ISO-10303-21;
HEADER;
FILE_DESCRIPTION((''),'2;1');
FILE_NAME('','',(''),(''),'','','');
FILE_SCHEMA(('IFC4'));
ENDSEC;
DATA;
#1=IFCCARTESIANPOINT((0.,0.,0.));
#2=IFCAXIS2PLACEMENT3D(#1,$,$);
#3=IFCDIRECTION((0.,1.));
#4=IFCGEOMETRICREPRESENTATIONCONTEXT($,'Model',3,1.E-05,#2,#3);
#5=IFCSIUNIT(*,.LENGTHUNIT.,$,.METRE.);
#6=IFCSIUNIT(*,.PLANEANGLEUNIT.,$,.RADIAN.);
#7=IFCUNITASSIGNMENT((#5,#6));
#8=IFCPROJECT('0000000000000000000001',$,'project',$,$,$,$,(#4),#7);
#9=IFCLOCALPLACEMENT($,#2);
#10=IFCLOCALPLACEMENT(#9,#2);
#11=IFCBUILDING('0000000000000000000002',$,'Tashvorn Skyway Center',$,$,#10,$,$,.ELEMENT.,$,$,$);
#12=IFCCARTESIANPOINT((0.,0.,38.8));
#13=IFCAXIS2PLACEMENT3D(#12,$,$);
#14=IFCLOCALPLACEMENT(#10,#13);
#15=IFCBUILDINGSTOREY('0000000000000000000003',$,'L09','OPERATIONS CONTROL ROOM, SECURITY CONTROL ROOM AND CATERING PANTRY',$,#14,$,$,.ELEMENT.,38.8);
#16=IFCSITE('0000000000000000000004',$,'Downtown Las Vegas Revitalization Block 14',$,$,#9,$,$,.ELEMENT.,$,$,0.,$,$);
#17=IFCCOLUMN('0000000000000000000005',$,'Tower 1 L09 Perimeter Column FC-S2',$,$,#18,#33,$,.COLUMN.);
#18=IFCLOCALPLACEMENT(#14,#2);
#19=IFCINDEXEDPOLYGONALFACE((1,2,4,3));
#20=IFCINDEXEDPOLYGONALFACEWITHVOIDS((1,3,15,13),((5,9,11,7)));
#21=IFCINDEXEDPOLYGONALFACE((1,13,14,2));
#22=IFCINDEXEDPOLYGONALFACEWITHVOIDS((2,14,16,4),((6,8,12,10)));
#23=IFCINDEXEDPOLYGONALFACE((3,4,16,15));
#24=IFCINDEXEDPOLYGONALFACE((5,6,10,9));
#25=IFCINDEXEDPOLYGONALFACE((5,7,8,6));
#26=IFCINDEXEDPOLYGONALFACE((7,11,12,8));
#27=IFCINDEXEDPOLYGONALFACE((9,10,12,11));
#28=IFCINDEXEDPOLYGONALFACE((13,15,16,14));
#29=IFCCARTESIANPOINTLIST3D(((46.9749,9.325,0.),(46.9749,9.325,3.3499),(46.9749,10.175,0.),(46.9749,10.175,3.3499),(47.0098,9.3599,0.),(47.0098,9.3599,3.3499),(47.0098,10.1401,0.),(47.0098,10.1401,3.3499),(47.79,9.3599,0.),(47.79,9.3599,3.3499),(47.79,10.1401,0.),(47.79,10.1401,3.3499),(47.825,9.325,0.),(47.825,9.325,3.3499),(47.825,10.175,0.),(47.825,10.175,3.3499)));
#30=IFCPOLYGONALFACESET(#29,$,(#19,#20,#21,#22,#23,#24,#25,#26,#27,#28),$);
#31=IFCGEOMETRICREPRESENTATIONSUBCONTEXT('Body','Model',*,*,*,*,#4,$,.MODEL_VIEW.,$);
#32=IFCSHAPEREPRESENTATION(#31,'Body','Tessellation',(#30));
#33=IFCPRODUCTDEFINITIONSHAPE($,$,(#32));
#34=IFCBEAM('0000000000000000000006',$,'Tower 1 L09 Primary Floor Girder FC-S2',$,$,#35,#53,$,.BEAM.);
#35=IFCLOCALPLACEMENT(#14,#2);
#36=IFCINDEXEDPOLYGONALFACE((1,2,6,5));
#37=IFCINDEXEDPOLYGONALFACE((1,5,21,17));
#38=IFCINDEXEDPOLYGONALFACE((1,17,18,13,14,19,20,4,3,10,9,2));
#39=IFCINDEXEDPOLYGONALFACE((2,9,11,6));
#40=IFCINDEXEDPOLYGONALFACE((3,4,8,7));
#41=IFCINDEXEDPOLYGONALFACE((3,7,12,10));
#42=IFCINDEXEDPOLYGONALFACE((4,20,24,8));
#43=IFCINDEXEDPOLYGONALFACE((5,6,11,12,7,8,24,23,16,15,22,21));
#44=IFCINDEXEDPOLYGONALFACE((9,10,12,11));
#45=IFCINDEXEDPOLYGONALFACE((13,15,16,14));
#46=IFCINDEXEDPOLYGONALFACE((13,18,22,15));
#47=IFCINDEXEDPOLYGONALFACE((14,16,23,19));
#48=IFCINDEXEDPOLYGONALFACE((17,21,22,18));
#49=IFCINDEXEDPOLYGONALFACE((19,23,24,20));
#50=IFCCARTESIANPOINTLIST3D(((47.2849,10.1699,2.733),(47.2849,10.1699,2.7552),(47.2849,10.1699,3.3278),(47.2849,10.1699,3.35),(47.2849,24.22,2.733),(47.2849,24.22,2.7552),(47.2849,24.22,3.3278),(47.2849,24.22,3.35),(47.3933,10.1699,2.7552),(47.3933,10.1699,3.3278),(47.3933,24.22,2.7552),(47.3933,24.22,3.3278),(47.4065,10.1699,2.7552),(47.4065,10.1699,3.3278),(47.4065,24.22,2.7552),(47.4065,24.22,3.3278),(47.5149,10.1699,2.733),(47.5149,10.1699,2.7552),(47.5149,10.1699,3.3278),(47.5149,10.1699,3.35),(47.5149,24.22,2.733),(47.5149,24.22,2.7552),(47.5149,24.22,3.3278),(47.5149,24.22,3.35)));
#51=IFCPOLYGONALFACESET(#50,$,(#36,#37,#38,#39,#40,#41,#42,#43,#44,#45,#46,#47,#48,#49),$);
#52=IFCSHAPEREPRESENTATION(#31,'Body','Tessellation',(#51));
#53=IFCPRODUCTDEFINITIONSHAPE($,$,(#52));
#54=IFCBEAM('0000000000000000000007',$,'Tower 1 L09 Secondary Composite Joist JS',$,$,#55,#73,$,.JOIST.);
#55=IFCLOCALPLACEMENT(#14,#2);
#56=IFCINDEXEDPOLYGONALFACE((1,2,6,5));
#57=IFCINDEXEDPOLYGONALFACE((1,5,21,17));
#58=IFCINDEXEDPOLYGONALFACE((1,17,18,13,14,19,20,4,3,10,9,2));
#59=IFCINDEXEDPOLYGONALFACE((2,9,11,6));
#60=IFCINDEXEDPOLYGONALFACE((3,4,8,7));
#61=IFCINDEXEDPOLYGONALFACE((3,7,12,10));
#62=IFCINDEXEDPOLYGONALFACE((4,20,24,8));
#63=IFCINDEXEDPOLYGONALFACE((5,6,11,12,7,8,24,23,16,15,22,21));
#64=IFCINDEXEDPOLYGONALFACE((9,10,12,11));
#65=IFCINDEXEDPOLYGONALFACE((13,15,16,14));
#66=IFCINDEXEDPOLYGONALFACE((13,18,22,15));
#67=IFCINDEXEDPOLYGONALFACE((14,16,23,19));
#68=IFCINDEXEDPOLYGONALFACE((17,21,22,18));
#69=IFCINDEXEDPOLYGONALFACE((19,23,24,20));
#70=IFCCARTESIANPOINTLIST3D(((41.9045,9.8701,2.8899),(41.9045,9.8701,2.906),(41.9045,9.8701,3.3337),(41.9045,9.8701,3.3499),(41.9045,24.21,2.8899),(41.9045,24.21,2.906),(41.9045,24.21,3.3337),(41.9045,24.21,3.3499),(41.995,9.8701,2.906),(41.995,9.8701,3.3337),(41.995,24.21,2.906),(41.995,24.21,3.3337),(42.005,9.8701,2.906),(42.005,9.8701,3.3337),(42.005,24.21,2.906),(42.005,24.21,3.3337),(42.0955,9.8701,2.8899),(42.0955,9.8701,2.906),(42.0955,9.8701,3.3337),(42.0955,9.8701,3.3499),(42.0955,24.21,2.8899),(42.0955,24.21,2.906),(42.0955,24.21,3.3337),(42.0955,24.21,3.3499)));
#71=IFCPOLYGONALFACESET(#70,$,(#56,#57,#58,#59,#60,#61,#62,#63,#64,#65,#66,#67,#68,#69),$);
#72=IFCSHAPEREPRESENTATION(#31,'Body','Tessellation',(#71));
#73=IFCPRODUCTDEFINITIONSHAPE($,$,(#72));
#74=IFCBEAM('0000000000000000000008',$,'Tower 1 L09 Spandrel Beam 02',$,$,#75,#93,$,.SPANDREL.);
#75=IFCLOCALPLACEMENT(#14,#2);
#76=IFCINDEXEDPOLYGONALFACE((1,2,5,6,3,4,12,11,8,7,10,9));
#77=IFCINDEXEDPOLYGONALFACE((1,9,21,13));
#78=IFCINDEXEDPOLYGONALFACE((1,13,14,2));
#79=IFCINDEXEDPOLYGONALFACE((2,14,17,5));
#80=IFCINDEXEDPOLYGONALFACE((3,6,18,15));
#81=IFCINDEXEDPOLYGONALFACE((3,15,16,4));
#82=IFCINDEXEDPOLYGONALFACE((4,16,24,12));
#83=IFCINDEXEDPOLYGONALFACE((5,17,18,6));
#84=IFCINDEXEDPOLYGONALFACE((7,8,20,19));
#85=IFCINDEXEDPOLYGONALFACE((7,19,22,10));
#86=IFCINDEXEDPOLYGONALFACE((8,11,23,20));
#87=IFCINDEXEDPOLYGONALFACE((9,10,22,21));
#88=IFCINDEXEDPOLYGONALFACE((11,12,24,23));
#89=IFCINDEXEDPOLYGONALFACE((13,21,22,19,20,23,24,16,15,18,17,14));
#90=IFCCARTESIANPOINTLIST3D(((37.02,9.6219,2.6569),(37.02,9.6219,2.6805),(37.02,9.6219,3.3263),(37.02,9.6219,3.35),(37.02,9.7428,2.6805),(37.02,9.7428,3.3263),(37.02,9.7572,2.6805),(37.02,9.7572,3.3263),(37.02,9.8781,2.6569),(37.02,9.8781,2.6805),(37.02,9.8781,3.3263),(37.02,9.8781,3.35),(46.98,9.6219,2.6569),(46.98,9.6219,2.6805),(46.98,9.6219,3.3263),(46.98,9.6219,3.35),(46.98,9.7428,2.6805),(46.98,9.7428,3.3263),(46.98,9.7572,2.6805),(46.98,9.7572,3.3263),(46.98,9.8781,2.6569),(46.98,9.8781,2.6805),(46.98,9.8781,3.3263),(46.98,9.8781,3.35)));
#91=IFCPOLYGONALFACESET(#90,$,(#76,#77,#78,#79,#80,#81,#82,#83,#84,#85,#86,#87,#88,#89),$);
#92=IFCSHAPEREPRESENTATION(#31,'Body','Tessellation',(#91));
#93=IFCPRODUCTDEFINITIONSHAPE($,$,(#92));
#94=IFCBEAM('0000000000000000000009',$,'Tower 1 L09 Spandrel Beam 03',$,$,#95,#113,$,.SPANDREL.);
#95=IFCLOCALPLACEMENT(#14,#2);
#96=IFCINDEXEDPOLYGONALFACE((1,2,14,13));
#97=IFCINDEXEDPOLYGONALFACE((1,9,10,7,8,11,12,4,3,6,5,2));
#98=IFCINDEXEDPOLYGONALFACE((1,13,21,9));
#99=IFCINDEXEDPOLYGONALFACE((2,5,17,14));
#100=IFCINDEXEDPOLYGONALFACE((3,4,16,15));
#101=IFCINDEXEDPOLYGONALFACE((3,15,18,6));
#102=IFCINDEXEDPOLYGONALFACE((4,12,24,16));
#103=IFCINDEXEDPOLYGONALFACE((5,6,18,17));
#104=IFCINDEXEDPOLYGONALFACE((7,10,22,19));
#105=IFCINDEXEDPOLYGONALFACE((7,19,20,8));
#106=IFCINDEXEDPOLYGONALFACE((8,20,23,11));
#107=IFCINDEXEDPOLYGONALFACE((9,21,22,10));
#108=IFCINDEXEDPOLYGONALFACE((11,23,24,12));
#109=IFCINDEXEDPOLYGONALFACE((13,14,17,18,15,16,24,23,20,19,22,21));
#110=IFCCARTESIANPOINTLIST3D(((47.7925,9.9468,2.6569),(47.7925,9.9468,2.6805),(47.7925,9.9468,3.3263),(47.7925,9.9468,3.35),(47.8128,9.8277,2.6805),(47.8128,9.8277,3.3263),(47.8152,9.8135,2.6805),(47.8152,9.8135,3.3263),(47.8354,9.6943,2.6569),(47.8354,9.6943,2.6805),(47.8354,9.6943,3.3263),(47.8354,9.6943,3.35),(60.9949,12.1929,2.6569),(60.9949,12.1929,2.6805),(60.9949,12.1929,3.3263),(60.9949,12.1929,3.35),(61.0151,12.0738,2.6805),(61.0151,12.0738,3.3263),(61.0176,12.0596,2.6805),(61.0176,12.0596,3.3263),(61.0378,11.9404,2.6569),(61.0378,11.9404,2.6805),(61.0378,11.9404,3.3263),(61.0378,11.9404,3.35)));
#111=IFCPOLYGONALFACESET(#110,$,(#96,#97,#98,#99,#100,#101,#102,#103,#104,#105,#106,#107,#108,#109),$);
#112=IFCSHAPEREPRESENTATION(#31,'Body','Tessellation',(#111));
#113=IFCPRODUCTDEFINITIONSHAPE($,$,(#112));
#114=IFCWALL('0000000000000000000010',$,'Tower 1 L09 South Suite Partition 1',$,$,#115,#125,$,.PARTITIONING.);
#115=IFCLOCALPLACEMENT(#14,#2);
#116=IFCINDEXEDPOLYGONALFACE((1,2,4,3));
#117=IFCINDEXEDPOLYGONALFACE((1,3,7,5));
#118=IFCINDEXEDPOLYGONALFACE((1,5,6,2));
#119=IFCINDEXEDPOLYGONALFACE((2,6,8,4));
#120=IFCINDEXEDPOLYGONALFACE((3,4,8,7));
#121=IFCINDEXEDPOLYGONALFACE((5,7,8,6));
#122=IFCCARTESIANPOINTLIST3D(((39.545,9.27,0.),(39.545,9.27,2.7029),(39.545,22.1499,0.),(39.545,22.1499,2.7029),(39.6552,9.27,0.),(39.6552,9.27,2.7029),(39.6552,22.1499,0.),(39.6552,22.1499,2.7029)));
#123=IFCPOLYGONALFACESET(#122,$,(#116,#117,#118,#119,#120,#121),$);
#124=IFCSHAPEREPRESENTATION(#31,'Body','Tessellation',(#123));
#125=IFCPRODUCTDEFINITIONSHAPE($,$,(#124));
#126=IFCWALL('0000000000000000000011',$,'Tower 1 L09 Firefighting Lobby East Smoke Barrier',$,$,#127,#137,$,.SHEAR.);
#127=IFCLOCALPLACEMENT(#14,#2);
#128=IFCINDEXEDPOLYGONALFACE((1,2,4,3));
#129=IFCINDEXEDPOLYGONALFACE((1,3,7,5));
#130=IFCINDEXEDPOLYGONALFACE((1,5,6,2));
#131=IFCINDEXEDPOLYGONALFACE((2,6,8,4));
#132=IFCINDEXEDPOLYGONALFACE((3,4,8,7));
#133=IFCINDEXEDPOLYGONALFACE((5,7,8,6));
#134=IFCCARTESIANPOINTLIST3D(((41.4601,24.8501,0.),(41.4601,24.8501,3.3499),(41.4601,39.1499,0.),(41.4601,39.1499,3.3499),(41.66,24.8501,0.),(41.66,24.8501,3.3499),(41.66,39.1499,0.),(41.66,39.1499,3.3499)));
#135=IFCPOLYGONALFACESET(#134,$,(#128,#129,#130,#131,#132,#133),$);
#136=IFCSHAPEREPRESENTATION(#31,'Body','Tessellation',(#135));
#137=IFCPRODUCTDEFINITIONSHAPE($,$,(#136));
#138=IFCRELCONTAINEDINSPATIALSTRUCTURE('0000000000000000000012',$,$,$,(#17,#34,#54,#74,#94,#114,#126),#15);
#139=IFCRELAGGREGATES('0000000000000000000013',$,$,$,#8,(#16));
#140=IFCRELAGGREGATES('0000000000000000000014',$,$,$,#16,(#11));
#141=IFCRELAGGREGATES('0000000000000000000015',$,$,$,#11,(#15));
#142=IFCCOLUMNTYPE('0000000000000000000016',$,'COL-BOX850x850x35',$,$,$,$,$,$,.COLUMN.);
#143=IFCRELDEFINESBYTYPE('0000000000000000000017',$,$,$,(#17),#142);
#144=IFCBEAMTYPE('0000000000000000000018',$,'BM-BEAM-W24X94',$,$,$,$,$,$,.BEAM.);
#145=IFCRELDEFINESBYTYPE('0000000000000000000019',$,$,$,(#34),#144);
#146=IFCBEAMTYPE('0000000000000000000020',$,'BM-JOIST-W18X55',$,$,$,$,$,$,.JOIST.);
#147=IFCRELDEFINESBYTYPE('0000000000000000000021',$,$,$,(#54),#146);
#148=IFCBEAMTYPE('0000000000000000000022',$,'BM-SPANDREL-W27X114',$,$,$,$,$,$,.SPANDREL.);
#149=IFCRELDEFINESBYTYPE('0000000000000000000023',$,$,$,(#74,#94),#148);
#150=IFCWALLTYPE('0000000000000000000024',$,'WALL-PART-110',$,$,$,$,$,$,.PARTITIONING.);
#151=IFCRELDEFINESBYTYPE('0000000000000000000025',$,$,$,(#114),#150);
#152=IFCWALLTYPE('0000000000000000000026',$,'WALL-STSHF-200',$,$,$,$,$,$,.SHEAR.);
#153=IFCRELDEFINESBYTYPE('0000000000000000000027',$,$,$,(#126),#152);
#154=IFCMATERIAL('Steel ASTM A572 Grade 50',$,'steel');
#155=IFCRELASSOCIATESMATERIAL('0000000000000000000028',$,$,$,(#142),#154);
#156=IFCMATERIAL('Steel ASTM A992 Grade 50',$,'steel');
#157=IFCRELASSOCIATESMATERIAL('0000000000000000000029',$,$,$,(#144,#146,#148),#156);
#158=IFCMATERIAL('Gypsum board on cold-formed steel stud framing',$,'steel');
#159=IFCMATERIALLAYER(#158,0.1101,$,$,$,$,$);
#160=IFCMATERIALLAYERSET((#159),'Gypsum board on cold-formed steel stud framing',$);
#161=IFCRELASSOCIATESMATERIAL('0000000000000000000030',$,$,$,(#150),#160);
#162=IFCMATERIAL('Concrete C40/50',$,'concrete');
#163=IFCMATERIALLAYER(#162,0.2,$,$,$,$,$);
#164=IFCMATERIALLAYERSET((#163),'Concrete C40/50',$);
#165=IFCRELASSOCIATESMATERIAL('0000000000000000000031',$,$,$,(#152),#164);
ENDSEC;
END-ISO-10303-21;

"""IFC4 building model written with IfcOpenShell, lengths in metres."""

from ifc_helpers import new_model, si_unit, direction, frame, frame_2d, origin, origin_2d, place, context, subcontext, project, spatial, rectangle, hollow_rectangle, i_section, extrude, material, layer, layer_set, material_profile, profile_set, type_object, element, save


model = new_model("IFC4")

# Units and contexts
model_context = context("Model", 3, precision=1e-05, world=origin(), true_north=direction((0.0, 1.0)))
body_context = subcontext(model_context, "Body", "Model", "MODEL_VIEW")
ifc_project = project(units=[si_unit("LENGTHUNIT", "METRE"), si_unit("PLANEANGLEUNIT", "RADIAN")], contexts=[model_context])

# Site, building, storey
site_placement = place(None, origin())
site = spatial("IfcSite", under=ifc_project, at=site_placement, Name="Downtown Las Vegas Revitalization Block 14", CompositionType="ELEMENT", RefElevation=0.0)
building_placement = place(site_placement, origin())
building = spatial("IfcBuilding", under=site, at=building_placement, Name="Tashvorn Skyway Center", CompositionType="ELEMENT")
storey_placement = place(building_placement, frame((0.0, 0.0, 38.8)))
storey = spatial("IfcBuildingStorey", under=building, at=storey_placement, Name="L09", Description="OPERATIONS CONTROL ROOM, SECURITY CONTROL ROOM AND CATERING PANTRY", CompositionType="ELEMENT", Elevation=38.8)

# Column
ifc_material_1 = material(Name="Steel ASTM A572 Grade 50", Category="steel")
ifc_material_profile_1 = material_profile(ifc_material_1, hollow_rectangle(XDim=0.8501, YDim=0.8501, WallThickness=0.0349, at=origin_2d()), Name="BOX850x850x35")
ifc_profile_set_1 = profile_set([ifc_material_profile_1], Name="Steel ASTM A572 Grade 50")
column_type = type_object("IfcColumnType", Name="COL-BOX850x850x35", PredefinedType="COLUMN", material=ifc_profile_set_1)
column_placement = place(storey_placement, frame((47.3999, 9.75, 0.0), z_axis=(0.0, 0.0, 1.0), x_axis=(1.0, 0.0, 0.0)))
element("IfcColumn", 1, at=column_placement, inside=storey, type_object=column_type, Name="Tower 1 L09 Perimeter Column FC-S2", PredefinedType="COLUMN", context=body_context, shape_type="SweptSolid", body=[
    extrude(hollow_rectangle(XDim=0.8501, YDim=0.8501, WallThickness=0.0349, at=origin_2d()), origin(), (0.0, 0.0, 1.0), 3.3499),
])

# Beams
ifc_material_2 = material(Name="Steel ASTM A992 Grade 50", Category="steel")
ifc_material_profile_2 = material_profile(ifc_material_2, i_section(OverallWidth=0.23, OverallDepth=0.6169, WebThickness=0.0132, FlangeThickness=0.0222, at=origin_2d()), Name="W24X94")
ifc_profile_set_2 = profile_set([ifc_material_profile_2], Name="Steel ASTM A992 Grade 50")
beam_type_1 = type_object("IfcBeamType", Name="BM-BEAM-W24X94", PredefinedType="BEAM", material=ifc_profile_set_2)
beam_1_placement = place(storey_placement, frame((47.3999, 10.1699, 3.0415), z_axis=(0.0, 1.0, 0.0), x_axis=(-1.0, 0.0, 0.0)))
element("IfcBeam", 2, at=beam_1_placement, inside=storey, type_object=beam_type_1, Name="Tower 1 L09 Primary Floor Girder FC-S2", PredefinedType="BEAM", context=body_context, shape_type="SweptSolid", body=[
    extrude(i_section(OverallWidth=0.23, OverallDepth=0.6169, WebThickness=0.0132, FlangeThickness=0.0222, at=origin_2d()), origin(), (0.0, 0.0, 1.0), 14.05),
])
ifc_material_profile_3 = material_profile(ifc_material_2, i_section(OverallWidth=0.1909, OverallDepth=0.46, WebThickness=0.01, FlangeThickness=0.0161, at=origin_2d()), Name="W18X55")
ifc_profile_set_3 = profile_set([ifc_material_profile_3], Name="Steel ASTM A992 Grade 50")
beam_type_2 = type_object("IfcBeamType", Name="BM-JOIST-W18X55", PredefinedType="JOIST", material=ifc_profile_set_3)
beam_2_placement = place(storey_placement, frame((42.0, 24.21, 3.1199), z_axis=(0.0, -1.0, 0.0), x_axis=(1.0, 0.0, 0.0)))
element("IfcBeam", 3, at=beam_2_placement, inside=storey, type_object=beam_type_2, Name="Tower 1 L09 Secondary Composite Joist JS", PredefinedType="JOIST", context=body_context, shape_type="SweptSolid", body=[
    extrude(i_section(OverallWidth=0.1909, OverallDepth=0.46, WebThickness=0.01, FlangeThickness=0.0161, at=origin_2d()), origin(), (0.0, 0.0, 1.0), 14.3398),
])
ifc_material_profile_4 = material_profile(ifc_material_2, i_section(OverallWidth=0.2561, OverallDepth=0.6931, WebThickness=0.0144, FlangeThickness=0.0237, at=origin_2d()), Name="W27X114")
ifc_profile_set_4 = profile_set([ifc_material_profile_4], Name="Steel ASTM A992 Grade 50")
beam_type_3 = type_object("IfcBeamType", Name="BM-SPANDREL-W27X114", PredefinedType="SPANDREL", material=ifc_profile_set_4)
beam_3_placement = place(storey_placement, frame((37.02, 9.75, 3.0034), z_axis=(1.0, 0.0, 0.0), x_axis=(0.0, 1.0, 0.0)))
element("IfcBeam", 4, at=beam_3_placement, inside=storey, type_object=beam_type_3, Name="Tower 1 L09 Spandrel Beam 02", PredefinedType="SPANDREL", context=body_context, shape_type="SweptSolid", body=[
    extrude(i_section(OverallWidth=0.2561, OverallDepth=0.6931, WebThickness=0.0144, FlangeThickness=0.0237, at=origin_2d()), origin(), (0.0, 0.0, 1.0), 9.96),
])
beam_4_placement = place(storey_placement, frame((47.814, 9.8206, 3.0034), z_axis=(0.985835, 0.167718, 0.0), x_axis=(-0.167718, 0.985835, 0.0)))
element("IfcBeam", 5, at=beam_4_placement, inside=storey, type_object=beam_type_3, Name="Tower 1 L09 Spandrel Beam 03", PredefinedType="SPANDREL", context=body_context, shape_type="SweptSolid", body=[
    extrude(i_section(OverallWidth=0.2561, OverallDepth=0.6931, WebThickness=0.0144, FlangeThickness=0.0237, at=origin_2d()), origin(), (0.0, 0.0, 1.0), 13.3921),
])

# Walls
ifc_material_3 = material(Name="Gypsum board on cold-formed steel stud framing", Category="steel")
ifc_layer_1 = layer(ifc_material_3, 0.1101)
ifc_layer_set_1 = layer_set([ifc_layer_1], Name="Gypsum board on cold-formed steel stud framing")
wall_type_1 = type_object("IfcWallType", Name="WALL-PART-110", PredefinedType="PARTITIONING", material=ifc_layer_set_1)
wall_1_placement = place(storey_placement, frame((39.6001, 9.27, 0.0), z_axis=(0.0, 0.0, 1.0), x_axis=(0.0, 1.0, 0.0)))
element("IfcWall", 6, at=wall_1_placement, inside=storey, type_object=wall_type_1, Name="Tower 1 L09 South Suite Partition 1", PredefinedType="PARTITIONING", context=body_context, shape_type="SweptSolid", body=[
    extrude(rectangle(XDim=12.8799, YDim=0.1101, at=frame_2d((6.4399, 0.0))), origin(), (0.0, 0.0, 1.0), 2.7029),
])
ifc_material_4 = material(Name="Concrete C40/50", Category="concrete")
ifc_layer_2 = layer(ifc_material_4, 0.2)
ifc_layer_set_2 = layer_set([ifc_layer_2], Name="Concrete C40/50")
wall_type_2 = type_object("IfcWallType", Name="WALL-STSHF-200", PredefinedType="SHEAR", material=ifc_layer_set_2)
wall_2_placement = place(storey_placement, frame((41.5601, 24.8501, 0.0), z_axis=(0.0, 0.0, 1.0), x_axis=(0.0, 1.0, 0.0)))
element("IfcWall", 7, at=wall_2_placement, inside=storey, type_object=wall_type_2, Name="Tower 1 L09 Firefighting Lobby East Smoke Barrier", PredefinedType="SHEAR", context=body_context, shape_type="SweptSolid", body=[
    extrude(rectangle(XDim=14.2998, YDim=0.2, at=frame_2d((7.1499, 0.0))), origin(), (0.0, 0.0, 1.0), 3.3499),
])

save(model, "model.ifc")
